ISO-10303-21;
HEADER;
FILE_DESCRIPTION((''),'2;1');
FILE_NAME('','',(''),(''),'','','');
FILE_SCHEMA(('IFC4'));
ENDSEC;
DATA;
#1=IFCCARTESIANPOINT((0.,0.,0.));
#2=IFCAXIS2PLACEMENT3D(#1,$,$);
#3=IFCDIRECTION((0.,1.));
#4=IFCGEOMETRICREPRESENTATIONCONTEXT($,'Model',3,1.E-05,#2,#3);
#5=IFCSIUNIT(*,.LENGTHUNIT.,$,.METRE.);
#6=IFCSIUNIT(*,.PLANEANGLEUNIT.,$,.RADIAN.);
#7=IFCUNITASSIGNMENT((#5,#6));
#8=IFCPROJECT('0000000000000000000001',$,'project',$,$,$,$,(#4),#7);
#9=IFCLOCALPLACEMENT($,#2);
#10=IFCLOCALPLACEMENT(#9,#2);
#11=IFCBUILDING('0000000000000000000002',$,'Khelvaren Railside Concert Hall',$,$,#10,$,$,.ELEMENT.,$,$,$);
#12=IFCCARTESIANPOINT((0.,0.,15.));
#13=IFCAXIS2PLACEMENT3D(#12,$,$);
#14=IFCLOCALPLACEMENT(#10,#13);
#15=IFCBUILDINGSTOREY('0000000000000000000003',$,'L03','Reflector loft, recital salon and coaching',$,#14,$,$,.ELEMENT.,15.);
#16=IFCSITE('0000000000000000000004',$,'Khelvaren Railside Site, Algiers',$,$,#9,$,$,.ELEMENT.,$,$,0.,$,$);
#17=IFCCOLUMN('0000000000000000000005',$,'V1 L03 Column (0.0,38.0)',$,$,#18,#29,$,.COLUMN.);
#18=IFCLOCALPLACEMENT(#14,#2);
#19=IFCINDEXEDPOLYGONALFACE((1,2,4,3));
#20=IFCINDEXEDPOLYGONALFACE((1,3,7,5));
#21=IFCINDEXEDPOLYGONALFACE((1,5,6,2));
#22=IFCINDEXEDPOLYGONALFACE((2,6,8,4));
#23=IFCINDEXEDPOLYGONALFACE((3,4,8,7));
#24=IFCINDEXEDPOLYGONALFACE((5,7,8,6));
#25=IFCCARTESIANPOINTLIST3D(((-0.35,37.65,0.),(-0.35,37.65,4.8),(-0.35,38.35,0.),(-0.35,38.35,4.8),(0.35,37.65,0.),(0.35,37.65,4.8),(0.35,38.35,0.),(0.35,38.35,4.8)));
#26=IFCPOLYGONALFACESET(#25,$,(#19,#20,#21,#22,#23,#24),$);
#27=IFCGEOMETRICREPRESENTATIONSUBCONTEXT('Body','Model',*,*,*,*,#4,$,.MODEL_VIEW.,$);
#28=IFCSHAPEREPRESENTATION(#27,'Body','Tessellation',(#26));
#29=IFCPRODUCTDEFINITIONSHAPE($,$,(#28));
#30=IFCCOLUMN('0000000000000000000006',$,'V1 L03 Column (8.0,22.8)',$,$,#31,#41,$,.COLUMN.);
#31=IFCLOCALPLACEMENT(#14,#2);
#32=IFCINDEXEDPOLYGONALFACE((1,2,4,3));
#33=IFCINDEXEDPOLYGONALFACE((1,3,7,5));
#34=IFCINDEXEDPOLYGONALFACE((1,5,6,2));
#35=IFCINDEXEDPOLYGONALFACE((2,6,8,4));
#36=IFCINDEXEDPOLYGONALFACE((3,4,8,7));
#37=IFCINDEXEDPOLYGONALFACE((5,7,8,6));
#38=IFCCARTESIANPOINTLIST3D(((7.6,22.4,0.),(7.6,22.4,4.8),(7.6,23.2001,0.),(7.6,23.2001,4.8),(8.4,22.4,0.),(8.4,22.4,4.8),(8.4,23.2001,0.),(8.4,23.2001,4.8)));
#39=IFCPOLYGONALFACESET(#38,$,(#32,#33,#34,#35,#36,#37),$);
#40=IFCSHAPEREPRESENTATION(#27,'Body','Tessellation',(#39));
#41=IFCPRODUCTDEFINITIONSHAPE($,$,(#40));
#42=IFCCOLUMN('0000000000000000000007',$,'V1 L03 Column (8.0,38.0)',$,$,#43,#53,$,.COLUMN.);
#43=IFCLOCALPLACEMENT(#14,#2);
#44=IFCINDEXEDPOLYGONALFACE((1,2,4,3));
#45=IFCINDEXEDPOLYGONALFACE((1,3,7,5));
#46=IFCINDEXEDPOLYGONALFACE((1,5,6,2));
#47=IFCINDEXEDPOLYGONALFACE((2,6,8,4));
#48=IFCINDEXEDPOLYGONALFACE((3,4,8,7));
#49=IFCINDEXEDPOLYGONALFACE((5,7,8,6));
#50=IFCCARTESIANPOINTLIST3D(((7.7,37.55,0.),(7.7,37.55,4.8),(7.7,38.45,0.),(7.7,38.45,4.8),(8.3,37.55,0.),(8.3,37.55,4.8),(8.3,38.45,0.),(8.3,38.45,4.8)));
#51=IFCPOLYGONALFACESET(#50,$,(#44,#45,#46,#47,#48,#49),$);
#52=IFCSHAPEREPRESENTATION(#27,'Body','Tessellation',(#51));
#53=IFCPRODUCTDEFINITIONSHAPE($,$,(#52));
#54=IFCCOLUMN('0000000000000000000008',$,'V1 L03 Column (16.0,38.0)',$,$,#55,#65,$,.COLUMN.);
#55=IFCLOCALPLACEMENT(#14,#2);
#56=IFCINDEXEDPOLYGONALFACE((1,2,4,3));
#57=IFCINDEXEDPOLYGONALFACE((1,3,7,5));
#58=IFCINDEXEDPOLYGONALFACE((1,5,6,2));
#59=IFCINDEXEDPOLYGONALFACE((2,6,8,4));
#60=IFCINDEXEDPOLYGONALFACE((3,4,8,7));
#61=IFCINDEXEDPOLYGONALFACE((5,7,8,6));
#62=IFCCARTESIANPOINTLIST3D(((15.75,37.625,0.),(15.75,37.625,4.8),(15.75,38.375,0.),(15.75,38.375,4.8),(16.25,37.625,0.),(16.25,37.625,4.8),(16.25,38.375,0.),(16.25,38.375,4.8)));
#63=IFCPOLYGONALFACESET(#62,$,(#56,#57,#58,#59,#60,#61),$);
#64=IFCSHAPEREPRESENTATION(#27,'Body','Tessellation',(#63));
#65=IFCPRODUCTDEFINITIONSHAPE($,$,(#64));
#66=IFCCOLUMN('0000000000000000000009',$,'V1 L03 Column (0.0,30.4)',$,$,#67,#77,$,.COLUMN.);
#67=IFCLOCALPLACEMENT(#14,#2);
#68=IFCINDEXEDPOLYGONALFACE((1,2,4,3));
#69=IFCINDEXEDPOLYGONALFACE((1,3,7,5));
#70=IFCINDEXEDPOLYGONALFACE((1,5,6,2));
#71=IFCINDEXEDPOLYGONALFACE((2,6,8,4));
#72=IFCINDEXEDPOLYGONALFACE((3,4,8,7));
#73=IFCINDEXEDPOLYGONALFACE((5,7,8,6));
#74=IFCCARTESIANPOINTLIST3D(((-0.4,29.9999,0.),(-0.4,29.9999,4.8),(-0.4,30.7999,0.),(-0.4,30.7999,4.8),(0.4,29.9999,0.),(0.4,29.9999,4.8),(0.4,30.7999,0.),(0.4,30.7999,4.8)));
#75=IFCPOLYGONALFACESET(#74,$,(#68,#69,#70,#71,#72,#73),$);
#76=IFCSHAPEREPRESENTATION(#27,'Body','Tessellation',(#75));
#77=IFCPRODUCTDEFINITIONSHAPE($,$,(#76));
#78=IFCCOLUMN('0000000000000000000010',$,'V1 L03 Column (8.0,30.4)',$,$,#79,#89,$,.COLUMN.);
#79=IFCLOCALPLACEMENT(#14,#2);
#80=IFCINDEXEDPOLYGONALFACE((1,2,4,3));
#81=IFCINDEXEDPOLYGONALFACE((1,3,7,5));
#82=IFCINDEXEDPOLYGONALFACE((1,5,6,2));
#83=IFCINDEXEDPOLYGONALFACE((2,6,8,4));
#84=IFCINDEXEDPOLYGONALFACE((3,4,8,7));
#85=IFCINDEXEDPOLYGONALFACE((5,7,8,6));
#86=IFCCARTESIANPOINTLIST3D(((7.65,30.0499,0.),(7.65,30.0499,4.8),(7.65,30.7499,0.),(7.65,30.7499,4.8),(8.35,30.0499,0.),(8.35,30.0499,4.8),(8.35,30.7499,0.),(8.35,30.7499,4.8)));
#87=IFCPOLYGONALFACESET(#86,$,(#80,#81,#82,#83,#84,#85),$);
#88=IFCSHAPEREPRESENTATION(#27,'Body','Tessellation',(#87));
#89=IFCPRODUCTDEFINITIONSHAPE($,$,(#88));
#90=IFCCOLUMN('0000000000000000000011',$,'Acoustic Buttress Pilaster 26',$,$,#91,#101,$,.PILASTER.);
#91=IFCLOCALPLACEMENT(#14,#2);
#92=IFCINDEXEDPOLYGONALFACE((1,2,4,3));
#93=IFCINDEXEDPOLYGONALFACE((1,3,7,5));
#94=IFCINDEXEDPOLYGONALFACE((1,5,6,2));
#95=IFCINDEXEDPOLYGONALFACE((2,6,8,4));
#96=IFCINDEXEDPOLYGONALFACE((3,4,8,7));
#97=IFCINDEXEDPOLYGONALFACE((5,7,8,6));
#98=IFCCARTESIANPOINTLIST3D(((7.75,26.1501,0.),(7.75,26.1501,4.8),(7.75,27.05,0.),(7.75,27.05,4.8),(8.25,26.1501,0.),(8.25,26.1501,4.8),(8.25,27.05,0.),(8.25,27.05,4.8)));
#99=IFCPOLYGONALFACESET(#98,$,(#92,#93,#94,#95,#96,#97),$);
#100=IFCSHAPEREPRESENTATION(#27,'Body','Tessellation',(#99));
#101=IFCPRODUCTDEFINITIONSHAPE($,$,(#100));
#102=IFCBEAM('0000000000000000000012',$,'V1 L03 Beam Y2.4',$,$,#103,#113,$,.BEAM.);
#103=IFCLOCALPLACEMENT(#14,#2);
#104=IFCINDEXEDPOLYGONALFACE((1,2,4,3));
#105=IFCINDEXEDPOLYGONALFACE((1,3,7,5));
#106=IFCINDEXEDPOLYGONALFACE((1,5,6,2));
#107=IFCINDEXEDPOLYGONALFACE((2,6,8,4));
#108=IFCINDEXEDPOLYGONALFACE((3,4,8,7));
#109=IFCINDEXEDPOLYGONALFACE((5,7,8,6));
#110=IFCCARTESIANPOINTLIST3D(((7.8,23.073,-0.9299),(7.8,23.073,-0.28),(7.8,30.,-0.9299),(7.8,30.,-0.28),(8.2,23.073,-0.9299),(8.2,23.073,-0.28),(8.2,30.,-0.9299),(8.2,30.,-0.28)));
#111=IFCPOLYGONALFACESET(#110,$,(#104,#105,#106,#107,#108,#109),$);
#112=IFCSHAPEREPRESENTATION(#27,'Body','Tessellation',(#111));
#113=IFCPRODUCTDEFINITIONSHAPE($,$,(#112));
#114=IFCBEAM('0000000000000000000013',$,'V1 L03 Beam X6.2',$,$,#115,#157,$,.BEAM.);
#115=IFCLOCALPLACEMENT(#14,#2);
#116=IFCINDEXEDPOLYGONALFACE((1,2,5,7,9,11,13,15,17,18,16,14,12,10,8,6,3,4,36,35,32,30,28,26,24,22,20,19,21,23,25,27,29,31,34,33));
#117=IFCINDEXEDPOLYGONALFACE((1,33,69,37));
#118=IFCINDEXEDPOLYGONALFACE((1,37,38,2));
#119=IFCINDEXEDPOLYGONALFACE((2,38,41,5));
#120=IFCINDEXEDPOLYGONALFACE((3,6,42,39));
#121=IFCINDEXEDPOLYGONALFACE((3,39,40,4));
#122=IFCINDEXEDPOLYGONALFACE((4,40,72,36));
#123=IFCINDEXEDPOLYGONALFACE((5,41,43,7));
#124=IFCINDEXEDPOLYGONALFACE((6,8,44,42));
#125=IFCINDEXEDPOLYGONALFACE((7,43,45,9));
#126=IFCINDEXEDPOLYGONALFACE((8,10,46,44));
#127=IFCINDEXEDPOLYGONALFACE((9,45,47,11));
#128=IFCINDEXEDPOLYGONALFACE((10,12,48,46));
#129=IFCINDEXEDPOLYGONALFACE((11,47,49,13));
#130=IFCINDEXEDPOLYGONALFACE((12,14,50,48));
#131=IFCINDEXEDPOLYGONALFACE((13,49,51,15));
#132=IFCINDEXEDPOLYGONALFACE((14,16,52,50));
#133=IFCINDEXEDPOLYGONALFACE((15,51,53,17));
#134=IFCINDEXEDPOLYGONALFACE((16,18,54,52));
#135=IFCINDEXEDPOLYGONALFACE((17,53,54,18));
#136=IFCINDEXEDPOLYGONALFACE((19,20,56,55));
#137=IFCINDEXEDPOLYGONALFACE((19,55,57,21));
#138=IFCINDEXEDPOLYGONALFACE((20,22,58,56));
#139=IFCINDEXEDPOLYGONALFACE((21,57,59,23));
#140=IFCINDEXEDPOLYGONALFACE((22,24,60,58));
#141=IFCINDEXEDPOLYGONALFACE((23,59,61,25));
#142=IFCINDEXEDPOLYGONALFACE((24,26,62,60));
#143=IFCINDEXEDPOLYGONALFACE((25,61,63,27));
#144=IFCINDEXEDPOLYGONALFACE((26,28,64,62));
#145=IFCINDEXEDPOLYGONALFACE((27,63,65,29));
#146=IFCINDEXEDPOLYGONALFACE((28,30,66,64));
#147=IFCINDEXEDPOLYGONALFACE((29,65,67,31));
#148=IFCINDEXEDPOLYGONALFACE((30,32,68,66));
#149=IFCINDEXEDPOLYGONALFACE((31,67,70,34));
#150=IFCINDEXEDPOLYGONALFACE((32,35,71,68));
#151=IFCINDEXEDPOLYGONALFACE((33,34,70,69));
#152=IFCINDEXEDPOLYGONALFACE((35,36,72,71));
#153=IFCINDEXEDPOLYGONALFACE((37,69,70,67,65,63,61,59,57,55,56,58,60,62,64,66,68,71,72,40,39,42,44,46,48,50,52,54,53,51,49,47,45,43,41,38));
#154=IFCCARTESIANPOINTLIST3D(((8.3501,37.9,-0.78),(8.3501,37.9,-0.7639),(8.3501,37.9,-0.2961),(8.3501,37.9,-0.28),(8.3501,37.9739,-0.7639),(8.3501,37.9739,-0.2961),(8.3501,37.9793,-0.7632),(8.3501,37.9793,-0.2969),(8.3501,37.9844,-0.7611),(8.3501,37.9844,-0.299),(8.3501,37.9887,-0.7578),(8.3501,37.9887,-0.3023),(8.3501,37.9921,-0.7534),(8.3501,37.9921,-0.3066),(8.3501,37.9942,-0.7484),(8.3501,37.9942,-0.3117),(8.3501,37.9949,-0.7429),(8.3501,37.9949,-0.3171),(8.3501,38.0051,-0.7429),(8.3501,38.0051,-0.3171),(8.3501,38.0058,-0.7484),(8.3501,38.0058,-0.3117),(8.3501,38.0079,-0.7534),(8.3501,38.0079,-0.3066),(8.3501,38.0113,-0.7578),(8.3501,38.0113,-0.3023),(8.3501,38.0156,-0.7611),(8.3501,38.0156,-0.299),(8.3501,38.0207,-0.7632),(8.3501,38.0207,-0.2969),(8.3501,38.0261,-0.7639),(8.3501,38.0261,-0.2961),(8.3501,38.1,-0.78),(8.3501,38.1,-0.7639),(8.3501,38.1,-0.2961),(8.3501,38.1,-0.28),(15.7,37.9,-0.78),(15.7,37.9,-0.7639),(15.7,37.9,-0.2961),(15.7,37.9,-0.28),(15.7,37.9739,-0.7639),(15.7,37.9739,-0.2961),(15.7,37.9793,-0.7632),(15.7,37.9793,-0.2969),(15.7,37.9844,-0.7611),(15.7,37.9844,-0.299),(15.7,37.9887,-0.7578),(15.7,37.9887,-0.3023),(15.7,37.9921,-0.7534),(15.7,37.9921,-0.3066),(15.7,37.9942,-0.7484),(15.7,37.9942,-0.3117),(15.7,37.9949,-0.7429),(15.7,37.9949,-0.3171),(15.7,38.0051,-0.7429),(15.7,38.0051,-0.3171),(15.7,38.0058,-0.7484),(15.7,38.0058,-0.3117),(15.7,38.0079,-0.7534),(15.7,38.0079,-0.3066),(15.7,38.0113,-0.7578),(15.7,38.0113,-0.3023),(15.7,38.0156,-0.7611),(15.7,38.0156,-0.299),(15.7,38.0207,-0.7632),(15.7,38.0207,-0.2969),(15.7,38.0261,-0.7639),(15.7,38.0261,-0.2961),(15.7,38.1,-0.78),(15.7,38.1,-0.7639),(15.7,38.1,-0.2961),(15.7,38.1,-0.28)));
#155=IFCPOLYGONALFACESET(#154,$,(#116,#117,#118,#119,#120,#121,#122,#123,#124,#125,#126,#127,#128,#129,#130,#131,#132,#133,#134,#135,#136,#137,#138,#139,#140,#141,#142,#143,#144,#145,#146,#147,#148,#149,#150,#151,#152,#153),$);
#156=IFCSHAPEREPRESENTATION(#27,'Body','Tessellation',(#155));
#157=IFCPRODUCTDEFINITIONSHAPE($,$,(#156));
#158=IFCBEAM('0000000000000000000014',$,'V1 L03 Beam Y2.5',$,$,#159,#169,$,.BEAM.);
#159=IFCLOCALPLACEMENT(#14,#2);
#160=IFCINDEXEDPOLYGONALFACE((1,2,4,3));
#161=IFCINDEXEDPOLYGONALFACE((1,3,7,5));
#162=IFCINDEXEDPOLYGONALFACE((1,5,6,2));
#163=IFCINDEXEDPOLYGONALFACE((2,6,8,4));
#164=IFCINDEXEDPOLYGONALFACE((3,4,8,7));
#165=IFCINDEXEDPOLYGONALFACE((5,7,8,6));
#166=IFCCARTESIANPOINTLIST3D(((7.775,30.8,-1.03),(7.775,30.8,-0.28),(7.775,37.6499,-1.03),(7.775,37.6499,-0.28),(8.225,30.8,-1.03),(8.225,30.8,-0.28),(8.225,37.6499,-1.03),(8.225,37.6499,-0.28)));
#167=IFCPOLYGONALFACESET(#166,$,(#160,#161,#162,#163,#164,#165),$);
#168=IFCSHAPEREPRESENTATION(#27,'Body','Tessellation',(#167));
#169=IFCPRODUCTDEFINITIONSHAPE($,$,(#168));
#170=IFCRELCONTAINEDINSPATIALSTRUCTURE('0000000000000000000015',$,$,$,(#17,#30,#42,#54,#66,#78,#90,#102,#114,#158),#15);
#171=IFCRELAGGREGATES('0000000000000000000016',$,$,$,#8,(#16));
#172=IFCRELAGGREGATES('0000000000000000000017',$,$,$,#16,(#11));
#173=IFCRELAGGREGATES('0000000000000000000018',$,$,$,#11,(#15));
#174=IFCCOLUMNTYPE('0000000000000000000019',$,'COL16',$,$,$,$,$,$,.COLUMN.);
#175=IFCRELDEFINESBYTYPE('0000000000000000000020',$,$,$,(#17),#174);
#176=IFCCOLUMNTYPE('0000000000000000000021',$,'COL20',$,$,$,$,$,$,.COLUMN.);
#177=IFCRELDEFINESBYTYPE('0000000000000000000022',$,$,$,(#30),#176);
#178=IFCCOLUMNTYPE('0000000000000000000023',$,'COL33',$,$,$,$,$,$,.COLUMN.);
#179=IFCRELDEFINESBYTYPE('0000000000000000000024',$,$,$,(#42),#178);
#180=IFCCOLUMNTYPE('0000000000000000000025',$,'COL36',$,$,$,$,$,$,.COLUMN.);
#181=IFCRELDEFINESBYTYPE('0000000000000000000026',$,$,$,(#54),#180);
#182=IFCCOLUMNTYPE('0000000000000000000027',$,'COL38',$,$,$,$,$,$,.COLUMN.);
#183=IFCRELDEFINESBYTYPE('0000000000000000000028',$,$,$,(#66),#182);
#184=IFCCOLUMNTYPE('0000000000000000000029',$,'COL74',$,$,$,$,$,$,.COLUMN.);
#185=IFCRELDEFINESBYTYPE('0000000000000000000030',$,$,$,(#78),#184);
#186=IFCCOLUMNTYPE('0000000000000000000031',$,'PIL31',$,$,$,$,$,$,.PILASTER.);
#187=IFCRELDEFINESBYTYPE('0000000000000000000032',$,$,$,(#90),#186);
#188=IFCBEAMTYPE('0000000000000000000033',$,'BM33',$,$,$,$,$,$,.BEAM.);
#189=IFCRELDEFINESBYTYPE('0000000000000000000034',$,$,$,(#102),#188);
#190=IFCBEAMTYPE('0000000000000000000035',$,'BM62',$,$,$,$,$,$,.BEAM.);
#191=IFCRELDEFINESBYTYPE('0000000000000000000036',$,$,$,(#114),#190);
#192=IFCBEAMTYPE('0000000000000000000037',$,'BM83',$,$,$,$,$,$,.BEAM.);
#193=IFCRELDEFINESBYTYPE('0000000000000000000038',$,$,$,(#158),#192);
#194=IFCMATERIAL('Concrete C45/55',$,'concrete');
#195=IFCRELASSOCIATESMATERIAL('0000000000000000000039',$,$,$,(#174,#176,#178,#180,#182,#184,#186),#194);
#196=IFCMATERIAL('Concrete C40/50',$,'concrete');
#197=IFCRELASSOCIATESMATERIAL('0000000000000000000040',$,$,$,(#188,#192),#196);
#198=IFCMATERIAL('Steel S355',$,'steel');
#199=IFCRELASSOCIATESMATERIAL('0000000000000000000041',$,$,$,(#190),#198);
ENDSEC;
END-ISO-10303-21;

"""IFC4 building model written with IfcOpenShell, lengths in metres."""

from ifc_helpers import new_model, si_unit, direction, frame, origin, origin_2d, place, context, subcontext, project, spatial, rectangle, i_section, extrude, material, material_profile, profile_set, type_object, element, save


model = new_model("IFC4")

# Units and contexts
model_context = context("Model", 3, precision=1e-05, world=origin(), true_north=direction((0.0, 1.0)))
body_context = subcontext(model_context, "Body", "Model", "MODEL_VIEW")
ifc_project = project(units=[si_unit("LENGTHUNIT", "METRE"), si_unit("PLANEANGLEUNIT", "RADIAN")], contexts=[model_context])

# Site, building, storey
site_placement = place(None, origin())
site = spatial("IfcSite", under=ifc_project, at=site_placement, Name="Khelvaren Railside Site, Algiers", CompositionType="ELEMENT", RefElevation=0.0)
building_placement = place(site_placement, origin())
building = spatial("IfcBuilding", under=site, at=building_placement, Name="Khelvaren Railside Concert Hall", CompositionType="ELEMENT")
storey_placement = place(building_placement, frame((0.0, 0.0, 15.0)))
storey = spatial("IfcBuildingStorey", under=building, at=storey_placement, Name="L03", Description="Reflector loft, recital salon and coaching", CompositionType="ELEMENT", Elevation=15.0)

# Columns
ifc_material_1 = material(Name="Concrete C45/55", Category="concrete")
ifc_material_profile_1 = material_profile(ifc_material_1, rectangle(XDim=0.7, YDim=0.7, at=origin_2d()), Name="RC 700x700")
ifc_profile_set_1 = profile_set([ifc_material_profile_1], Name="Concrete C45/55")
column_type_1 = type_object("IfcColumnType", Name="COL16", PredefinedType="COLUMN", material=ifc_profile_set_1)
column_1_placement = place(storey_placement, frame((0.0, 38.0, 0.0), z_axis=(0.0, 0.0, 1.0), x_axis=(1.0, 0.0, 0.0)))
element("IfcColumn", 1, at=column_1_placement, inside=storey, type_object=column_type_1, Name="V1 L03 Column (0.0,38.0)", PredefinedType="COLUMN", context=body_context, shape_type="SweptSolid", body=[
    extrude(rectangle(XDim=0.7, YDim=0.7, at=origin_2d()), origin(), (0.0, 0.0, 1.0), 4.8),
])
ifc_material_profile_2 = material_profile(ifc_material_1, rectangle(XDim=0.8, YDim=0.8, at=origin_2d()), Name="RC 800x800")
ifc_profile_set_2 = profile_set([ifc_material_profile_2], Name="Concrete C45/55")
column_type_2 = type_object("IfcColumnType", Name="COL20", PredefinedType="COLUMN", material=ifc_profile_set_2)
column_2_placement = place(storey_placement, frame((8.0, 22.8, 0.0), z_axis=(0.0, 0.0, 1.0), x_axis=(1.0, 0.0, 0.0)))
element("IfcColumn", 2, at=column_2_placement, inside=storey, type_object=column_type_2, Name="V1 L03 Column (8.0,22.8)", PredefinedType="COLUMN", context=body_context, shape_type="SweptSolid", body=[
    extrude(rectangle(XDim=0.8, YDim=0.8, at=origin_2d()), origin(), (0.0, 0.0, 1.0), 4.8),
])
ifc_material_profile_3 = material_profile(ifc_material_1, rectangle(XDim=0.6001, YDim=0.8999, at=origin_2d()), Name="RC 600x900")
ifc_profile_set_3 = profile_set([ifc_material_profile_3], Name="Concrete C45/55")
column_type_3 = type_object("IfcColumnType", Name="COL33", PredefinedType="COLUMN", material=ifc_profile_set_3)
column_3_placement = place(storey_placement, frame((8.0, 38.0, 0.0), z_axis=(0.0, 0.0, 1.0), x_axis=(1.0, 0.0, 0.0)))
element("IfcColumn", 3, at=column_3_placement, inside=storey, type_object=column_type_3, Name="V1 L03 Column (8.0,38.0)", PredefinedType="COLUMN", context=body_context, shape_type="SweptSolid", body=[
    extrude(rectangle(XDim=0.6001, YDim=0.8999, at=origin_2d()), origin(), (0.0, 0.0, 1.0), 4.8),
])
ifc_material_profile_4 = material_profile(ifc_material_1, rectangle(XDim=0.5, YDim=0.75, at=origin_2d()), Name="RC 500x750")
ifc_profile_set_4 = profile_set([ifc_material_profile_4], Name="Concrete C45/55")
column_type_4 = type_object("IfcColumnType", Name="COL36", PredefinedType="COLUMN", material=ifc_profile_set_4)
column_4_placement = place(storey_placement, frame((16.0, 38.0, 0.0), z_axis=(0.0, 0.0, 1.0), x_axis=(1.0, 0.0, 0.0)))
element("IfcColumn", 4, at=column_4_placement, inside=storey, type_object=column_type_4, Name="V1 L03 Column (16.0,38.0)", PredefinedType="COLUMN", context=body_context, shape_type="SweptSolid", body=[
    extrude(rectangle(XDim=0.5, YDim=0.75, at=origin_2d()), origin(), (0.0, 0.0, 1.0), 4.8),
])
ifc_material_profile_5 = material_profile(ifc_material_1, rectangle(XDim=0.8, YDim=0.8, at=origin_2d()), Name="RC 800x800")
ifc_profile_set_5 = profile_set([ifc_material_profile_5], Name="Concrete C45/55")
column_type_5 = type_object("IfcColumnType", Name="COL38", PredefinedType="COLUMN", material=ifc_profile_set_5)
column_5_placement = place(storey_placement, frame((0.0, 30.3999, 0.0), z_axis=(0.0, 0.0, 1.0), x_axis=(1.0, 0.0, 0.0)))
element("IfcColumn", 5, at=column_5_placement, inside=storey, type_object=column_type_5, Name="V1 L03 Column (0.0,30.4)", PredefinedType="COLUMN", context=body_context, shape_type="SweptSolid", body=[
    extrude(rectangle(XDim=0.8, YDim=0.8, at=origin_2d()), origin(), (0.0, 0.0, 1.0), 4.8),
])
ifc_material_profile_6 = material_profile(ifc_material_1, rectangle(XDim=0.7, YDim=0.7, at=origin_2d()), Name="RC 700x700")
ifc_profile_set_6 = profile_set([ifc_material_profile_6], Name="Concrete C45/55")
column_type_6 = type_object("IfcColumnType", Name="COL74", PredefinedType="COLUMN", material=ifc_profile_set_6)
column_6_placement = place(storey_placement, frame((8.0, 30.3999, 0.0), z_axis=(0.0, 0.0, 1.0), x_axis=(1.0, 0.0, 0.0)))
element("IfcColumn", 6, at=column_6_placement, inside=storey, type_object=column_type_6, Name="V1 L03 Column (8.0,30.4)", PredefinedType="COLUMN", context=body_context, shape_type="SweptSolid", body=[
    extrude(rectangle(XDim=0.7, YDim=0.7, at=origin_2d()), origin(), (0.0, 0.0, 1.0), 4.8),
])
ifc_material_profile_7 = material_profile(ifc_material_1, rectangle(XDim=0.5, YDim=0.8999, at=origin_2d()), Name="PIL 500x900")
ifc_profile_set_7 = profile_set([ifc_material_profile_7], Name="Concrete C45/55")
column_type_7 = type_object("IfcColumnType", Name="PIL31", PredefinedType="PILASTER", material=ifc_profile_set_7)
column_7_placement = place(storey_placement, frame((8.0, 26.6001, 0.0), z_axis=(0.0, 0.0, 1.0), x_axis=(1.0, 0.0, 0.0)))
element("IfcColumn", 7, at=column_7_placement, inside=storey, type_object=column_type_7, Name="Acoustic Buttress Pilaster 26", PredefinedType="PILASTER", context=body_context, shape_type="SweptSolid", body=[
    extrude(rectangle(XDim=0.5, YDim=0.8999, at=origin_2d()), origin(), (0.0, 0.0, 1.0), 4.8),
])

# Beams
ifc_material_2 = material(Name="Concrete C40/50", Category="concrete")
ifc_material_profile_8 = material_profile(ifc_material_2, rectangle(XDim=0.3999, YDim=0.6499, at=origin_2d()), Name="RCB 400x650")
ifc_profile_set_8 = profile_set([ifc_material_profile_8], Name="Concrete C40/50")
beam_type_1 = type_object("IfcBeamType", Name="BM33", PredefinedType="BEAM", material=ifc_profile_set_8)
beam_1_placement = place(storey_placement, frame((8.0, 23.073, -0.605), z_axis=(0.0, 1.0, 0.0), x_axis=(-1.0, 0.0, 0.0)))
element("IfcBeam", 8, at=beam_1_placement, inside=storey, type_object=beam_type_1, Name="V1 L03 Beam Y2.4", PredefinedType="BEAM", context=body_context, shape_type="SweptSolid", body=[
    extrude(rectangle(XDim=0.3999, YDim=0.6499, at=origin_2d()), origin(), (0.0, 0.0, 1.0), 6.927),
])
ifc_material_3 = material(Name="Steel S355", Category="steel")
ifc_material_profile_9 = material_profile(ifc_material_3, i_section(OverallWidth=0.2, OverallDepth=0.5, WebThickness=0.0103, FlangeThickness=0.0161, FilletRadius=0.021, at=origin_2d()), Name="IPE 500")
ifc_profile_set_9 = profile_set([ifc_material_profile_9], Name="Steel S355")
beam_type_2 = type_object("IfcBeamType", Name="BM62", PredefinedType="BEAM", material=ifc_profile_set_9)
beam_2_placement = place(storey_placement, frame((8.3501, 38.0, -0.53), z_axis=(1.0, 0.0, 0.0), x_axis=(0.0, 1.0, 0.0)))
element("IfcBeam", 9, at=beam_2_placement, inside=storey, type_object=beam_type_2, Name="V1 L03 Beam X6.2", PredefinedType="BEAM", context=body_context, shape_type="SweptSolid", body=[
    extrude(i_section(OverallWidth=0.2, OverallDepth=0.5, WebThickness=0.0103, FlangeThickness=0.0161, FilletRadius=0.021, at=origin_2d()), origin(), (0.0, 0.0, 1.0), 7.3499),
])
ifc_material_profile_10 = material_profile(ifc_material_2, rectangle(XDim=0.45, YDim=0.75, at=origin_2d()), Name="RCB 450x750")
ifc_profile_set_10 = profile_set([ifc_material_profile_10], Name="Concrete C40/50")
beam_type_3 = type_object("IfcBeamType", Name="BM83", PredefinedType="BEAM", material=ifc_profile_set_10)
beam_3_placement = place(storey_placement, frame((8.0, 30.8, -0.655), z_axis=(0.0, 1.0, 0.0), x_axis=(-1.0, 0.0, 0.0)))
element("IfcBeam", 10, at=beam_3_placement, inside=storey, type_object=beam_type_3, Name="V1 L03 Beam Y2.5", PredefinedType="BEAM", context=body_context, shape_type="SweptSolid", body=[
    extrude(rectangle(XDim=0.45, YDim=0.75, at=origin_2d()), origin(), (0.0, 0.0, 1.0), 6.8499),
])

save(model, "model.ifc")
